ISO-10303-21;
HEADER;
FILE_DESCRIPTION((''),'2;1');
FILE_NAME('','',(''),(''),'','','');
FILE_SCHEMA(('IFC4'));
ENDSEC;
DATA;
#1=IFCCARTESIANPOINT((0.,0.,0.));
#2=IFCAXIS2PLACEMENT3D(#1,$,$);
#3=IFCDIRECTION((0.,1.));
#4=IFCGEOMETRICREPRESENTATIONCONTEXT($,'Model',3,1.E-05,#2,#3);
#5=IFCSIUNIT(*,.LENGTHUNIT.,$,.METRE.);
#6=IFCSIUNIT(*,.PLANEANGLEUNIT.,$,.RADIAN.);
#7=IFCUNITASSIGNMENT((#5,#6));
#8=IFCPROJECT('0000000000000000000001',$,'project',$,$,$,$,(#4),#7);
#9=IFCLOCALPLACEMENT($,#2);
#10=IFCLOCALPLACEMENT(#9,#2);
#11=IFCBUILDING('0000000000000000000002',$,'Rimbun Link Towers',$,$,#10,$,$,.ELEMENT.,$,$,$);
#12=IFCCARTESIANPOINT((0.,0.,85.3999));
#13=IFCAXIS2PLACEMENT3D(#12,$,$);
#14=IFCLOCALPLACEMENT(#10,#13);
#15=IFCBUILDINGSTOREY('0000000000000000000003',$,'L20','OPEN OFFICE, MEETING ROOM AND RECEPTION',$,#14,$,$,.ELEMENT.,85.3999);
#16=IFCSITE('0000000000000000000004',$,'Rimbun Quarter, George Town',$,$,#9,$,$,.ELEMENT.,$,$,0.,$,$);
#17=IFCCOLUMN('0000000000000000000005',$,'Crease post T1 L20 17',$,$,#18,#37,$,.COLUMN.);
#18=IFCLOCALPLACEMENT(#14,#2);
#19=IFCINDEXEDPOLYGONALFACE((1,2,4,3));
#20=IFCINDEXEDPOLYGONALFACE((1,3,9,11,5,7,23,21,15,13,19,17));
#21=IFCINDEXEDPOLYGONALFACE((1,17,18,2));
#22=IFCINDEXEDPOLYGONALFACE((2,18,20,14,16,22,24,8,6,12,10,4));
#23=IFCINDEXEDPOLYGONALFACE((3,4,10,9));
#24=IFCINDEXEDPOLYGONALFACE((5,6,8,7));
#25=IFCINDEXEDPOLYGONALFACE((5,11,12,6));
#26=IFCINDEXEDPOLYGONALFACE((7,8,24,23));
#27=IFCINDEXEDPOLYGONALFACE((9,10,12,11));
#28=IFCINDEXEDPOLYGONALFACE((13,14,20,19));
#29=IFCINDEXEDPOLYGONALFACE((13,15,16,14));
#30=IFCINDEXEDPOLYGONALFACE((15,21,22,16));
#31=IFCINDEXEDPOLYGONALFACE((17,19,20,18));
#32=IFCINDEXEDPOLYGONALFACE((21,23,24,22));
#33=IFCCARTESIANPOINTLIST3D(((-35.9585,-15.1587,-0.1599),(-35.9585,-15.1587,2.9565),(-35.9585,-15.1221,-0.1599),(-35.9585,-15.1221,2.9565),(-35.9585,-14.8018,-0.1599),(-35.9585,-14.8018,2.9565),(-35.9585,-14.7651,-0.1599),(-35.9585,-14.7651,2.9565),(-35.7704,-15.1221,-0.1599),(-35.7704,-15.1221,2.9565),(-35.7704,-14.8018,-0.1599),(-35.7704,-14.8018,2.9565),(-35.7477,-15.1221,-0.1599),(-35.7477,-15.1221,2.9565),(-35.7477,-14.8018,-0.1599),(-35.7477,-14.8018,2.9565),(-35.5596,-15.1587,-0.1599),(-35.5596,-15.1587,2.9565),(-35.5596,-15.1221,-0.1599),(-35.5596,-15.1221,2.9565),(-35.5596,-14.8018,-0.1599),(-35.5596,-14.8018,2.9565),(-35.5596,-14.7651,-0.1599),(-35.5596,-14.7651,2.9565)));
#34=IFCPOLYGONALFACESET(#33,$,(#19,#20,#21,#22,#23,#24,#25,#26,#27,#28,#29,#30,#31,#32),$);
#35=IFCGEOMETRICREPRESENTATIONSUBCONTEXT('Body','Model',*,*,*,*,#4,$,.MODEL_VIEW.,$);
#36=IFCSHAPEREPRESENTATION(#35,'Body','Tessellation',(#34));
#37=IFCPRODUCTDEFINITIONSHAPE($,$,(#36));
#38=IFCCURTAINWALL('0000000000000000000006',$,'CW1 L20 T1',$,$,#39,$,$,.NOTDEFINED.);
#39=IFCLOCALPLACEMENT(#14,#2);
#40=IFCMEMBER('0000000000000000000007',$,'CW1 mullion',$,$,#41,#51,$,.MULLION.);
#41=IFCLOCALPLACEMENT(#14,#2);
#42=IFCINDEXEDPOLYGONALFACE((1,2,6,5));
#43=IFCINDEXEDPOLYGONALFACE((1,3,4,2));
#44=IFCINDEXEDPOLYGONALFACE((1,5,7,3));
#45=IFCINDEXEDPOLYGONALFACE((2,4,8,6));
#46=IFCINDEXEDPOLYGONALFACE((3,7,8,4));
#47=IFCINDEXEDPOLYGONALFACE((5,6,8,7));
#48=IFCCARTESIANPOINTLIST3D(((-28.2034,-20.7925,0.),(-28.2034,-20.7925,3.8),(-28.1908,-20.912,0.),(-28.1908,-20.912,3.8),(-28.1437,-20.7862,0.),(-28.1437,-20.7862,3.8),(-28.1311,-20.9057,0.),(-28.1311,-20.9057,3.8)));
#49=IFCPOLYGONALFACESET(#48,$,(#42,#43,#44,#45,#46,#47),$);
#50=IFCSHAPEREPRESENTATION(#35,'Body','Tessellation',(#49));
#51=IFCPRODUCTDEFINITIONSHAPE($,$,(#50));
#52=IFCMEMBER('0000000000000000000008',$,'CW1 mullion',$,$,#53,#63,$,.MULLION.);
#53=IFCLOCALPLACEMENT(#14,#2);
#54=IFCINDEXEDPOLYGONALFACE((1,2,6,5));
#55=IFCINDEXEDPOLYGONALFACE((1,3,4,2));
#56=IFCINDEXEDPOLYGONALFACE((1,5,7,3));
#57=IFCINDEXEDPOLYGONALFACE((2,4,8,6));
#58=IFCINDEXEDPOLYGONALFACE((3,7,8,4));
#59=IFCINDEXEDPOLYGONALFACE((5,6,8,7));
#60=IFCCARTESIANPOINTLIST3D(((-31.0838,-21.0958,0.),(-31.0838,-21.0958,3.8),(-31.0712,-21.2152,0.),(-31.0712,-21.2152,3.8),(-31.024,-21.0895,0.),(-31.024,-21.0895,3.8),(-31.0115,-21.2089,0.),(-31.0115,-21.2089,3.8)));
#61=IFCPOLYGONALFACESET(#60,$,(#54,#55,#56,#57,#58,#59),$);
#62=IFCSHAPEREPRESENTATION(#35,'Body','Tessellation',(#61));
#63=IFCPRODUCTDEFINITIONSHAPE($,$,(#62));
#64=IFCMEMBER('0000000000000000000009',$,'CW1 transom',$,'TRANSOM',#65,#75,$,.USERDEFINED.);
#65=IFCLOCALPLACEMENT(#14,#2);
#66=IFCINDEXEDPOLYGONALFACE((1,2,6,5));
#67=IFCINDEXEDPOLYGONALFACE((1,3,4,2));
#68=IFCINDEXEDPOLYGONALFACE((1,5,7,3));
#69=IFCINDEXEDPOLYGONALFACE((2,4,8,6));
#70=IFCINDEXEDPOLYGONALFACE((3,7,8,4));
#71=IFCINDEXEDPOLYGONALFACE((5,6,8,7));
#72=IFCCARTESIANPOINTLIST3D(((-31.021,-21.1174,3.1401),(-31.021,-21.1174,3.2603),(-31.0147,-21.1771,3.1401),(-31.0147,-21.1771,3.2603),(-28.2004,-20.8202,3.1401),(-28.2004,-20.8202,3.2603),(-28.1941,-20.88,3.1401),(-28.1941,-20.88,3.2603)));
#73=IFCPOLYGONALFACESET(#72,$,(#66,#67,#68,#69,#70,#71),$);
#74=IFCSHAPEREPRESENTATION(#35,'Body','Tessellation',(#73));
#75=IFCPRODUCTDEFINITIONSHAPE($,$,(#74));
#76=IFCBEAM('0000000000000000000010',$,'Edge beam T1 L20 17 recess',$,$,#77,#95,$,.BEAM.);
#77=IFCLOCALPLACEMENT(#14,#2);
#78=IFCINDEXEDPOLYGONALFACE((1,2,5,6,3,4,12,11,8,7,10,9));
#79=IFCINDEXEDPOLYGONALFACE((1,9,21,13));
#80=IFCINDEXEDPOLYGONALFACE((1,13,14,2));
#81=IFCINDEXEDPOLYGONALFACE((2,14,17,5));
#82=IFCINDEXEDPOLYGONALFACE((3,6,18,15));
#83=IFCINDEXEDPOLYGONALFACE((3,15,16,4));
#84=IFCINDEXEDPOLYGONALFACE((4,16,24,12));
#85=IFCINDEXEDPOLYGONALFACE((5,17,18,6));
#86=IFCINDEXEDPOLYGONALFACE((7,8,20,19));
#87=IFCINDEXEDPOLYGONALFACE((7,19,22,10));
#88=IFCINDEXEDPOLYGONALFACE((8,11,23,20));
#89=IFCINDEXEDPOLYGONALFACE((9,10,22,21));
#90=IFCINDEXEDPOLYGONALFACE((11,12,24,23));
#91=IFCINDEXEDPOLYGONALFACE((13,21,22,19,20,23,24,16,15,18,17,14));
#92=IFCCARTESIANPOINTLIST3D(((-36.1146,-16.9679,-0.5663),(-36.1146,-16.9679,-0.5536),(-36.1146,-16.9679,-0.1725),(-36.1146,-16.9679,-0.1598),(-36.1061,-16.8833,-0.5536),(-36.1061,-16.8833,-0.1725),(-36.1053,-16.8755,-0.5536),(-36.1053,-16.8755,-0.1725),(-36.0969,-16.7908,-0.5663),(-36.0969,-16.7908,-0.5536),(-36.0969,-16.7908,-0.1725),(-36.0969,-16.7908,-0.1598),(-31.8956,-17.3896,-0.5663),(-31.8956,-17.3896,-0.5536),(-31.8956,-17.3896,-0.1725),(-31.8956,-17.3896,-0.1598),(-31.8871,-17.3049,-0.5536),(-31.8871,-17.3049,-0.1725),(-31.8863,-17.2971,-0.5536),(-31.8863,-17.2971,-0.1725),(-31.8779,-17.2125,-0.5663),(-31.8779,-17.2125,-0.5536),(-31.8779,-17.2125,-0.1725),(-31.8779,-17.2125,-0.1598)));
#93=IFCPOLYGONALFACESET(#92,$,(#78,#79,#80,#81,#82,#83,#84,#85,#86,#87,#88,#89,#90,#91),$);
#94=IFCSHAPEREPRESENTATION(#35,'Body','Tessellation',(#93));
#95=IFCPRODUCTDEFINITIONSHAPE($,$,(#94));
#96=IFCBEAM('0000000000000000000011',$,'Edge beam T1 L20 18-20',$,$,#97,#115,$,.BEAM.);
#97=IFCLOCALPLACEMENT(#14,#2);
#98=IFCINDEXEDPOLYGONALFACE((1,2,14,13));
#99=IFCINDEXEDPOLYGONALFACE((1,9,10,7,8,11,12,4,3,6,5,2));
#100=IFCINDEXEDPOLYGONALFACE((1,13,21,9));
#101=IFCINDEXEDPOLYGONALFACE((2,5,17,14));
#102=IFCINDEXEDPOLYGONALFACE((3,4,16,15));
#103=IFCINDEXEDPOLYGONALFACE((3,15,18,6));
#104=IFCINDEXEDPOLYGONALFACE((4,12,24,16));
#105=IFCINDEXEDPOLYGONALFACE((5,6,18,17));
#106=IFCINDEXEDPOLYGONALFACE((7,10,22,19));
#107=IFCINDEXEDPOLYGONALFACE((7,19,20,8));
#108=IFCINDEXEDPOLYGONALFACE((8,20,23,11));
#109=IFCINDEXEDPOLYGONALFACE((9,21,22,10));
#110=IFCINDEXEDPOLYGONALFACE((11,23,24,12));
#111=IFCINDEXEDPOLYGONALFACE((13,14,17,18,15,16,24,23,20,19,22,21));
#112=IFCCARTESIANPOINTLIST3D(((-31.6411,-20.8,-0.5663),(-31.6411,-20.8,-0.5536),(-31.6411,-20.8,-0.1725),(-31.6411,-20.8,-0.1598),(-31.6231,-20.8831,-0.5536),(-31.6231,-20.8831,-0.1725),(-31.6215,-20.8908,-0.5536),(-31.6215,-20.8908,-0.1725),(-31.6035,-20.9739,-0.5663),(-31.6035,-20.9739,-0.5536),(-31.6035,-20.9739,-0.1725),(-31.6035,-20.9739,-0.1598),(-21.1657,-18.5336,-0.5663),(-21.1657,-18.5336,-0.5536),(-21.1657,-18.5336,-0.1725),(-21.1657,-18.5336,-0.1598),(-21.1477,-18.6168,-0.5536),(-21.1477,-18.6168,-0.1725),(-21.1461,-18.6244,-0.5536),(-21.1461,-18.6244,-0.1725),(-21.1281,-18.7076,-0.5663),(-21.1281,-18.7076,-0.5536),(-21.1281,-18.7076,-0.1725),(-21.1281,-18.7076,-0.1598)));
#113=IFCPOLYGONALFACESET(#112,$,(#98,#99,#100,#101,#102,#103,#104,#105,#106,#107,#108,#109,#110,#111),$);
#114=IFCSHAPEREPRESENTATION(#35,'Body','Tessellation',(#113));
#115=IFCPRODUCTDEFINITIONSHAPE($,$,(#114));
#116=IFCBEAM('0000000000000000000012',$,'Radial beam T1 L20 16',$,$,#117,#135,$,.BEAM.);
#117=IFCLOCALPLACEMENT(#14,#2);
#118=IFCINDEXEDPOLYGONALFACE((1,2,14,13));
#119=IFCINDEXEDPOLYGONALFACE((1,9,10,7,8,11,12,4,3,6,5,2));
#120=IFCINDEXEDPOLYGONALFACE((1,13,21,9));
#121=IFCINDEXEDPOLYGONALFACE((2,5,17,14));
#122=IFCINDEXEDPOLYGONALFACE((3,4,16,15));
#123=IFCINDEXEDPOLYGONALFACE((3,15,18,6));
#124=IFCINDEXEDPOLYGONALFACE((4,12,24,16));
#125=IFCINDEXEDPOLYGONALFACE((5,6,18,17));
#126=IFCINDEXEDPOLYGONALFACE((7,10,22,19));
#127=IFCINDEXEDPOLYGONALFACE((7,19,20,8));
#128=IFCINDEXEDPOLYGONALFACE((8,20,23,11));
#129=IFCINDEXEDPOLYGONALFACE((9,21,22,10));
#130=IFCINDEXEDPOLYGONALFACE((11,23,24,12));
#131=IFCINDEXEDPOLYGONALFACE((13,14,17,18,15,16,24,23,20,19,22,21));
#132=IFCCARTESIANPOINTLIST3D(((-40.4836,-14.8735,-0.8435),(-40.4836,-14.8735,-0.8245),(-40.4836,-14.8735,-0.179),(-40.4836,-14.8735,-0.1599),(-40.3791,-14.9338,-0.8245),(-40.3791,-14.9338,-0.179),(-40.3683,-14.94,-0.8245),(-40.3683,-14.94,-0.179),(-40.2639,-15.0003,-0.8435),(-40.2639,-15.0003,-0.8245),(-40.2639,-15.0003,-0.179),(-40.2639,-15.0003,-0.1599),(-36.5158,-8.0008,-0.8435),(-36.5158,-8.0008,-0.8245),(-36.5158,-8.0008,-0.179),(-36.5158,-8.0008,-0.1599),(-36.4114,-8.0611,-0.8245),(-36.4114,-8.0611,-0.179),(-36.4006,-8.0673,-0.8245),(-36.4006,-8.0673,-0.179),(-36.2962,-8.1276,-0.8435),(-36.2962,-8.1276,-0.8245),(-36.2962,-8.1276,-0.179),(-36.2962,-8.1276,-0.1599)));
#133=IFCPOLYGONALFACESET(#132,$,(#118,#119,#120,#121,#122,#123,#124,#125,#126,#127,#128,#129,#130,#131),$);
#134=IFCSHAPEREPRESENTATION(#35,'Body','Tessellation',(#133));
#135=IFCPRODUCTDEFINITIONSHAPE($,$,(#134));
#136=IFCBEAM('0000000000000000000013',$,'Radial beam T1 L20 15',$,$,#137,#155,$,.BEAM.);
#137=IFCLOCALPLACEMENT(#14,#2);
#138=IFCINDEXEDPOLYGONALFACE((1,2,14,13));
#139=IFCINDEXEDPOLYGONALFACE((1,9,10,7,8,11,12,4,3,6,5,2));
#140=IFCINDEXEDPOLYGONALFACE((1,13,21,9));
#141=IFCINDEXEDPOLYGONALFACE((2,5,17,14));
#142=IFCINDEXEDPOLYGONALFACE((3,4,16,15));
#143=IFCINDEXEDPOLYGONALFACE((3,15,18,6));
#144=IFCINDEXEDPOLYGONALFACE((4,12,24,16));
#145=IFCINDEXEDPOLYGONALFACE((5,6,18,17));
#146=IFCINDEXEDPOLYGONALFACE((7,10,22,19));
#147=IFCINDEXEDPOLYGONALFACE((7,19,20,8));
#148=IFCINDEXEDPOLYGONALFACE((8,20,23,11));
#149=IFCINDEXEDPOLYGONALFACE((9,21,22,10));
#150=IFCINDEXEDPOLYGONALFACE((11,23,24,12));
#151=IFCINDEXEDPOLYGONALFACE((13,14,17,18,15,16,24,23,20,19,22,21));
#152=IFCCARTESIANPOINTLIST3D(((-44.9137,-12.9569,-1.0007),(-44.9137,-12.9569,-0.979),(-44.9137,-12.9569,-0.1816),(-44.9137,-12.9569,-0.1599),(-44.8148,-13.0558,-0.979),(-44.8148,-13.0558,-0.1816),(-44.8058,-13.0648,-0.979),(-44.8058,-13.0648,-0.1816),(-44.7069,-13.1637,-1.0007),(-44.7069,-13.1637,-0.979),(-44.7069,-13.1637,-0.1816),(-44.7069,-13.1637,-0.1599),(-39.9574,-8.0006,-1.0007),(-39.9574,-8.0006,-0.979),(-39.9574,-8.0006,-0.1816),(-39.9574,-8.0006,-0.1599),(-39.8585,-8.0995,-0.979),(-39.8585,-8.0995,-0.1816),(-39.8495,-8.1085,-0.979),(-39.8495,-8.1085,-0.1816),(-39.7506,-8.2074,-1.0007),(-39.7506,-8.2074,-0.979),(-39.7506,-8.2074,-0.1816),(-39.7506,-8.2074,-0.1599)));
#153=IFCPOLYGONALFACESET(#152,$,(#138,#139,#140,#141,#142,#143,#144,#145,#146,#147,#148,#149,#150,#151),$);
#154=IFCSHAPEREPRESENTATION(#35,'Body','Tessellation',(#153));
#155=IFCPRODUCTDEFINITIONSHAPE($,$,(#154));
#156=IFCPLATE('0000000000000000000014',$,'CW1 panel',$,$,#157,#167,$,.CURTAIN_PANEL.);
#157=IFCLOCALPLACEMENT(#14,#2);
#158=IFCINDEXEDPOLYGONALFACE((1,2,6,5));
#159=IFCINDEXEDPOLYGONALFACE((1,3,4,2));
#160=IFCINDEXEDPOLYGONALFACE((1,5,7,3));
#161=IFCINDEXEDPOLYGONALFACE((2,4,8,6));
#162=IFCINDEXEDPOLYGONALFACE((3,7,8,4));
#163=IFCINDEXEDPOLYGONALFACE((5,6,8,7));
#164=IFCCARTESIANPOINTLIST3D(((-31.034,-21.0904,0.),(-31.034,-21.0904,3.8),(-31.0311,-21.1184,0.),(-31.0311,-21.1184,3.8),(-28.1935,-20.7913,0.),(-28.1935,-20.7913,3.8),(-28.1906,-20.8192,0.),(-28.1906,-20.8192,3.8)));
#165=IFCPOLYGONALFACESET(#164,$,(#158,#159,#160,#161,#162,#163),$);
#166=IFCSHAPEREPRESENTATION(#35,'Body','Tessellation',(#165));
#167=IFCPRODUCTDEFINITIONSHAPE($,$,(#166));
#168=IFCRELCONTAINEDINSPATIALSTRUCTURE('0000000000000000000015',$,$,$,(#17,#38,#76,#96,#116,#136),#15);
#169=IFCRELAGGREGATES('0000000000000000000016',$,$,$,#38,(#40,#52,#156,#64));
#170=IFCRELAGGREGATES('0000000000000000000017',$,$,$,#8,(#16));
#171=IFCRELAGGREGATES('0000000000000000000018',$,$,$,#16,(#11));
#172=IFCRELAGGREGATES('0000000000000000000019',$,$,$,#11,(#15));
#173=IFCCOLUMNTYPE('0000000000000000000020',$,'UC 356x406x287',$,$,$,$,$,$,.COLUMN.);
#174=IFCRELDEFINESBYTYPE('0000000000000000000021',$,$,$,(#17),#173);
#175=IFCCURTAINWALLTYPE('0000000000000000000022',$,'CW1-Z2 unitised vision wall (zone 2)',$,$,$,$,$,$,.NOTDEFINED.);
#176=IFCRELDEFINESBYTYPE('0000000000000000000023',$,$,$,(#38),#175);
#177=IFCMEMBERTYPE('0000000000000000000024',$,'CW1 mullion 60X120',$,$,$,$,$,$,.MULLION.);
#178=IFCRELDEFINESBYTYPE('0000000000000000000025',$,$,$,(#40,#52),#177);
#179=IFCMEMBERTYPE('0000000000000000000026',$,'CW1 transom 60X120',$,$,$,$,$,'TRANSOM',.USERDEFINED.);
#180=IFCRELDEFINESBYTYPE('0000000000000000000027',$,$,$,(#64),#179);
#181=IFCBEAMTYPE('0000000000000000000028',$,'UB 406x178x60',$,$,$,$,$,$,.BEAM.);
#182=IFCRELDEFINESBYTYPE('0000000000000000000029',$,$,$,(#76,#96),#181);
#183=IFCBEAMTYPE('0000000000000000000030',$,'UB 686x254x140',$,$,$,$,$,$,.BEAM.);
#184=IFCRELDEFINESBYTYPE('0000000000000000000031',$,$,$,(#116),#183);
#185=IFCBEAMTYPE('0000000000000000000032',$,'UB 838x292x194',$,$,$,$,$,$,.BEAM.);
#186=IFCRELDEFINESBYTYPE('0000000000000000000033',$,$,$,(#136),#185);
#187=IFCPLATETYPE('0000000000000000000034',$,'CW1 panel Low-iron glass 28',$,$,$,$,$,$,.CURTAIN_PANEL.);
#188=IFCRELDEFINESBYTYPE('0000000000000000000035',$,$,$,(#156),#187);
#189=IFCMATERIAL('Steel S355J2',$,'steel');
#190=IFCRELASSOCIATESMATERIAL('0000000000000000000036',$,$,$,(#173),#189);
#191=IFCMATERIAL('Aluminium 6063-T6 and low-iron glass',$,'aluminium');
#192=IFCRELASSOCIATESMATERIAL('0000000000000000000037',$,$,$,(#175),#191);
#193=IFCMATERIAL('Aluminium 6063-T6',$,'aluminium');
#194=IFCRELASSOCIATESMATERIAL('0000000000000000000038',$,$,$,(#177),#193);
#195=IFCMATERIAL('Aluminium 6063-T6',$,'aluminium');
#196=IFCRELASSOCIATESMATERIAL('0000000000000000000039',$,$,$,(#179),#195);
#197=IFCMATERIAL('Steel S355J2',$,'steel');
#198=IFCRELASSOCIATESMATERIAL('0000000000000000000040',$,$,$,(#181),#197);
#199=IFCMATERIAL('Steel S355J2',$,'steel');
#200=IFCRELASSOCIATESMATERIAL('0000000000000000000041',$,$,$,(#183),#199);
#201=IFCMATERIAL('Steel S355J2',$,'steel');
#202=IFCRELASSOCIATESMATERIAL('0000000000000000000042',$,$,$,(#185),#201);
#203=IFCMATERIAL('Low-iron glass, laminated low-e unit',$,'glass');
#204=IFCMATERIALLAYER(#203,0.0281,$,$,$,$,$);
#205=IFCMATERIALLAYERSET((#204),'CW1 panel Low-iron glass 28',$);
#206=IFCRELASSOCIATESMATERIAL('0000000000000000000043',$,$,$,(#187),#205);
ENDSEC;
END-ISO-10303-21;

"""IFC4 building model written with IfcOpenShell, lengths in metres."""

from ifc_helpers import new_model, si_unit, direction, frame, origin, origin_2d, place, context, subcontext, project, spatial, rectangle, i_section, extrude, material, layer, layer_set, material_profile, profile_set, type_object, element, aggregate, save


model = new_model("IFC4")

# Units and contexts
model_context = context("Model", 3, precision=1e-05, world=origin(), true_north=direction((0.0, 1.0)))
body_context = subcontext(model_context, "Body", "Model", "MODEL_VIEW")
ifc_project = project(units=[si_unit("LENGTHUNIT", "METRE"), si_unit("PLANEANGLEUNIT", "RADIAN")], contexts=[model_context])

# Site, building, storey
site_placement = place(None, origin())
site = spatial("IfcSite", under=ifc_project, at=site_placement, Name="Rimbun Quarter, George Town", CompositionType="ELEMENT", RefElevation=0.0)
building_placement = place(site_placement, origin())
building = spatial("IfcBuilding", under=site, at=building_placement, Name="Rimbun Link Towers", CompositionType="ELEMENT")
storey_placement = place(building_placement, frame((0.0, 0.0, 85.3999)))
storey = spatial("IfcBuildingStorey", under=building, at=storey_placement, Name="L20", Description="OPEN OFFICE, MEETING ROOM AND RECEPTION", CompositionType="ELEMENT", Elevation=85.3999)

# Column
ifc_material_1 = material(Name="Steel S355J2", Category="steel")
ifc_material_profile_1 = material_profile(ifc_material_1, i_section(OverallWidth=0.3989, OverallDepth=0.3936, WebThickness=0.0227, FlangeThickness=0.0366, at=origin_2d()), Name="UC 356x406x287")
ifc_profile_set_1 = profile_set([ifc_material_profile_1], Name="Steel S355J2")
column_type = type_object("IfcColumnType", Name="UC 356x406x287", PredefinedType="COLUMN", material=ifc_profile_set_1)
column_placement = place(storey_placement, frame((-35.759, -14.9619, -0.1599), z_axis=(0.0, 0.0, 1.0), x_axis=(1.0, 0.0, 0.0)))
element("IfcColumn", 1, at=column_placement, inside=storey, type_object=column_type, Name="Crease post T1 L20 17", PredefinedType="COLUMN", context=body_context, shape_type="SweptSolid", body=[
    extrude(i_section(OverallWidth=0.3989, OverallDepth=0.3936, WebThickness=0.0227, FlangeThickness=0.0366, at=origin_2d()), origin(), (0.0, 0.0, 1.0), 3.1165),
])

# Curtain wall, members
ifc_material_2 = material(Name="Aluminium 6063-T6 and low-iron glass", Category="aluminium")
curtain_wall_type = type_object("IfcCurtainWallType", Name="CW1-Z2 unitised vision wall (zone 2)", PredefinedType="NOTDEFINED", material=ifc_material_2)
curtain_wall_placement = place(storey_placement, origin())
curtain_wall = element("IfcCurtainWall", 2, at=curtain_wall_placement, inside=storey, type_object=curtain_wall_type, Name="CW1 L20 T1", PredefinedType="NOTDEFINED")
ifc_material_3 = material(Name="Aluminium 6063-T6", Category="aluminium")
ifc_material_profile_2 = material_profile(ifc_material_3, rectangle(XDim=0.1201, YDim=0.0601, at=origin_2d()), Name="MULLION 60X120")
ifc_profile_set_2 = profile_set([ifc_material_profile_2], Name="Aluminium 6063-T6")
member_type_1 = type_object("IfcMemberType", Name="CW1 mullion 60X120", PredefinedType="MULLION", material=ifc_profile_set_2)
member_1_placement = place(storey_placement, frame((-28.1672, -20.8491, 0.0), z_axis=(0.0, 0.0, 1.0), x_axis=(0.104736, -0.9945, 0.0)))
member_1 = element("IfcMember", 3, at=member_1_placement, type_object=member_type_1, Name="CW1 mullion", PredefinedType="MULLION", context=body_context, shape_type="SweptSolid", body=[
    extrude(rectangle(XDim=0.1201, YDim=0.0601, at=origin_2d()), origin(), (0.0, 0.0, 1.0), 3.8),
])
member_2_placement = place(storey_placement, frame((-31.0476, -21.1523, 0.0), z_axis=(0.0, 0.0, 1.0), x_axis=(0.104736, -0.9945, 0.0)))
member_2 = element("IfcMember", 4, at=member_2_placement, type_object=member_type_1, Name="CW1 mullion", PredefinedType="MULLION", context=body_context, shape_type="SweptSolid", body=[
    extrude(rectangle(XDim=0.1201, YDim=0.0601, at=origin_2d()), origin(), (0.0, 0.0, 1.0), 3.8),
])
ifc_material_4 = material(Name="Aluminium 6063-T6", Category="aluminium")
ifc_material_profile_3 = material_profile(ifc_material_4, rectangle(XDim=0.0601, YDim=0.1201, at=origin_2d()), Name="TRANSOM 60X120")
ifc_profile_set_3 = profile_set([ifc_material_profile_3], Name="Aluminium 6063-T6")
member_type_2 = type_object("IfcMemberType", Name="CW1 transom 60X120", ElementType="TRANSOM", PredefinedType="USERDEFINED", material=ifc_profile_set_3)
member_3_placement = place(storey_placement, frame((-28.1973, -20.8501, 3.2002), z_axis=(-0.994497, -0.104761, 0.0), x_axis=(0.104761, -0.994497, 0.0)))
member_3 = element("IfcMember", 5, at=member_3_placement, type_object=member_type_2, Name="CW1 transom", ObjectType="TRANSOM", PredefinedType="USERDEFINED", context=body_context, shape_type="SweptSolid", body=[
    extrude(rectangle(XDim=0.0601, YDim=0.1201, at=origin_2d()), origin(), (0.0, 0.0, 1.0), 2.8362),
])

# Beams
ifc_material_5 = material(Name="Steel S355J2", Category="steel")
ifc_material_profile_4 = material_profile(ifc_material_5, i_section(OverallWidth=0.178, OverallDepth=0.4065, WebThickness=0.0078, FlangeThickness=0.0127, at=origin_2d()), Name="UB 406x178x60")
ifc_profile_set_4 = profile_set([ifc_material_profile_4], Name="Steel S355J2")
beam_type_1 = type_object("IfcBeamType", Name="UB 406x178x60", PredefinedType="BEAM", material=ifc_profile_set_4)
beam_1_placement = place(storey_placement, frame((-36.1057, -16.8794, -0.363), z_axis=(0.995043, -0.099441, 0.0), x_axis=(0.099441, 0.995043, 0.0)))
element("IfcBeam", 6, at=beam_1_placement, inside=storey, type_object=beam_type_1, Name="Edge beam T1 L20 17 recess", PredefinedType="BEAM", context=body_context, shape_type="SweptSolid", body=[
    extrude(i_section(OverallWidth=0.178, OverallDepth=0.4065, WebThickness=0.0078, FlangeThickness=0.0127, at=origin_2d()), origin(), (0.0, 0.0, 1.0), 4.24),
])
beam_2_placement = place(storey_placement, frame((-31.6223, -20.887, -0.363), z_axis=(0.977387, 0.211459, 0.0), x_axis=(-0.211459, 0.977387, 0.0)))
element("IfcBeam", 7, at=beam_2_placement, inside=storey, type_object=beam_type_1, Name="Edge beam T1 L20 18-20", PredefinedType="BEAM", context=body_context, shape_type="SweptSolid", body=[
    extrude(i_section(OverallWidth=0.178, OverallDepth=0.4065, WebThickness=0.0078, FlangeThickness=0.0127, at=origin_2d()), origin(), (0.0, 0.0, 1.0), 10.7178),
])
ifc_material_6 = material(Name="Steel S355J2", Category="steel")
ifc_material_profile_5 = material_profile(ifc_material_6, i_section(OverallWidth=0.2537, OverallDepth=0.6836, WebThickness=0.0125, FlangeThickness=0.019, at=origin_2d()), Name="UB 686x254x140")
ifc_profile_set_5 = profile_set([ifc_material_profile_5], Name="Steel S355J2")
beam_type_2 = type_object("IfcBeamType", Name="UB 686x254x140", PredefinedType="BEAM", material=ifc_profile_set_5)
beam_3_placement = place(storey_placement, frame((-36.406, -8.0642, -0.5017), z_axis=(-0.499977, -0.866039, 0.0), x_axis=(0.866039, -0.499977, 0.0)))
element("IfcBeam", 8, at=beam_3_placement, inside=storey, type_object=beam_type_2, Name="Radial beam T1 L20 16", PredefinedType="BEAM", context=body_context, shape_type="SweptSolid", body=[
    extrude(i_section(OverallWidth=0.2537, OverallDepth=0.6836, WebThickness=0.0125, FlangeThickness=0.019, at=origin_2d()), origin(), (0.0, 0.0, 1.0), 7.9358),
])
ifc_material_7 = material(Name="Steel S355J2", Category="steel")
ifc_material_profile_6 = material_profile(ifc_material_7, i_section(OverallWidth=0.2925, OverallDepth=0.8408, WebThickness=0.0127, FlangeThickness=0.0217, at=origin_2d()), Name="UB 838x292x194")
ifc_profile_set_6 = profile_set([ifc_material_profile_6], Name="Steel S355J2")
beam_type_3 = type_object("IfcBeamType", Name="UB 838x292x194", PredefinedType="BEAM", material=ifc_profile_set_6)
beam_4_placement = place(storey_placement, frame((-39.854, -8.104, -0.5803), z_axis=(-0.707107, -0.707107, 0.0), x_axis=(0.707107, -0.707107, 0.0)))
element("IfcBeam", 9, at=beam_4_placement, inside=storey, type_object=beam_type_3, Name="Radial beam T1 L20 15", PredefinedType="BEAM", context=body_context, shape_type="SweptSolid", body=[
    extrude(i_section(OverallWidth=0.2925, OverallDepth=0.8408, WebThickness=0.0127, FlangeThickness=0.0217, at=origin_2d()), origin(), (0.0, 0.0, 1.0), 7.0093),
])

# Plate
ifc_material_8 = material(Name="Low-iron glass, laminated low-e unit", Category="glass")
ifc_layer_1 = layer(ifc_material_8, 0.0281)
ifc_layer_set_1 = layer_set([ifc_layer_1], Name="CW1 panel Low-iron glass 28")
plate_type = type_object("IfcPlateType", Name="CW1 panel Low-iron glass 28", PredefinedType="CURTAIN_PANEL", material=ifc_layer_set_1)
plate_placement = place(storey_placement, frame((-29.6123, -20.9548, 0.0), z_axis=(0.0, 0.0, 1.0), x_axis=(-0.9945, -0.104736, 0.0)))
plate = element("IfcPlate", 10, at=plate_placement, type_object=plate_type, Name="CW1 panel", PredefinedType="CURTAIN_PANEL", context=body_context, shape_type="SweptSolid", body=[
    extrude(rectangle(XDim=2.8562, YDim=0.0281, at=origin_2d()), origin(), (0.0, 0.0, 1.0), 3.8),
])
aggregate(curtain_wall, [member_1, member_2, plate, member_3])

save(model, "model.ifc")
